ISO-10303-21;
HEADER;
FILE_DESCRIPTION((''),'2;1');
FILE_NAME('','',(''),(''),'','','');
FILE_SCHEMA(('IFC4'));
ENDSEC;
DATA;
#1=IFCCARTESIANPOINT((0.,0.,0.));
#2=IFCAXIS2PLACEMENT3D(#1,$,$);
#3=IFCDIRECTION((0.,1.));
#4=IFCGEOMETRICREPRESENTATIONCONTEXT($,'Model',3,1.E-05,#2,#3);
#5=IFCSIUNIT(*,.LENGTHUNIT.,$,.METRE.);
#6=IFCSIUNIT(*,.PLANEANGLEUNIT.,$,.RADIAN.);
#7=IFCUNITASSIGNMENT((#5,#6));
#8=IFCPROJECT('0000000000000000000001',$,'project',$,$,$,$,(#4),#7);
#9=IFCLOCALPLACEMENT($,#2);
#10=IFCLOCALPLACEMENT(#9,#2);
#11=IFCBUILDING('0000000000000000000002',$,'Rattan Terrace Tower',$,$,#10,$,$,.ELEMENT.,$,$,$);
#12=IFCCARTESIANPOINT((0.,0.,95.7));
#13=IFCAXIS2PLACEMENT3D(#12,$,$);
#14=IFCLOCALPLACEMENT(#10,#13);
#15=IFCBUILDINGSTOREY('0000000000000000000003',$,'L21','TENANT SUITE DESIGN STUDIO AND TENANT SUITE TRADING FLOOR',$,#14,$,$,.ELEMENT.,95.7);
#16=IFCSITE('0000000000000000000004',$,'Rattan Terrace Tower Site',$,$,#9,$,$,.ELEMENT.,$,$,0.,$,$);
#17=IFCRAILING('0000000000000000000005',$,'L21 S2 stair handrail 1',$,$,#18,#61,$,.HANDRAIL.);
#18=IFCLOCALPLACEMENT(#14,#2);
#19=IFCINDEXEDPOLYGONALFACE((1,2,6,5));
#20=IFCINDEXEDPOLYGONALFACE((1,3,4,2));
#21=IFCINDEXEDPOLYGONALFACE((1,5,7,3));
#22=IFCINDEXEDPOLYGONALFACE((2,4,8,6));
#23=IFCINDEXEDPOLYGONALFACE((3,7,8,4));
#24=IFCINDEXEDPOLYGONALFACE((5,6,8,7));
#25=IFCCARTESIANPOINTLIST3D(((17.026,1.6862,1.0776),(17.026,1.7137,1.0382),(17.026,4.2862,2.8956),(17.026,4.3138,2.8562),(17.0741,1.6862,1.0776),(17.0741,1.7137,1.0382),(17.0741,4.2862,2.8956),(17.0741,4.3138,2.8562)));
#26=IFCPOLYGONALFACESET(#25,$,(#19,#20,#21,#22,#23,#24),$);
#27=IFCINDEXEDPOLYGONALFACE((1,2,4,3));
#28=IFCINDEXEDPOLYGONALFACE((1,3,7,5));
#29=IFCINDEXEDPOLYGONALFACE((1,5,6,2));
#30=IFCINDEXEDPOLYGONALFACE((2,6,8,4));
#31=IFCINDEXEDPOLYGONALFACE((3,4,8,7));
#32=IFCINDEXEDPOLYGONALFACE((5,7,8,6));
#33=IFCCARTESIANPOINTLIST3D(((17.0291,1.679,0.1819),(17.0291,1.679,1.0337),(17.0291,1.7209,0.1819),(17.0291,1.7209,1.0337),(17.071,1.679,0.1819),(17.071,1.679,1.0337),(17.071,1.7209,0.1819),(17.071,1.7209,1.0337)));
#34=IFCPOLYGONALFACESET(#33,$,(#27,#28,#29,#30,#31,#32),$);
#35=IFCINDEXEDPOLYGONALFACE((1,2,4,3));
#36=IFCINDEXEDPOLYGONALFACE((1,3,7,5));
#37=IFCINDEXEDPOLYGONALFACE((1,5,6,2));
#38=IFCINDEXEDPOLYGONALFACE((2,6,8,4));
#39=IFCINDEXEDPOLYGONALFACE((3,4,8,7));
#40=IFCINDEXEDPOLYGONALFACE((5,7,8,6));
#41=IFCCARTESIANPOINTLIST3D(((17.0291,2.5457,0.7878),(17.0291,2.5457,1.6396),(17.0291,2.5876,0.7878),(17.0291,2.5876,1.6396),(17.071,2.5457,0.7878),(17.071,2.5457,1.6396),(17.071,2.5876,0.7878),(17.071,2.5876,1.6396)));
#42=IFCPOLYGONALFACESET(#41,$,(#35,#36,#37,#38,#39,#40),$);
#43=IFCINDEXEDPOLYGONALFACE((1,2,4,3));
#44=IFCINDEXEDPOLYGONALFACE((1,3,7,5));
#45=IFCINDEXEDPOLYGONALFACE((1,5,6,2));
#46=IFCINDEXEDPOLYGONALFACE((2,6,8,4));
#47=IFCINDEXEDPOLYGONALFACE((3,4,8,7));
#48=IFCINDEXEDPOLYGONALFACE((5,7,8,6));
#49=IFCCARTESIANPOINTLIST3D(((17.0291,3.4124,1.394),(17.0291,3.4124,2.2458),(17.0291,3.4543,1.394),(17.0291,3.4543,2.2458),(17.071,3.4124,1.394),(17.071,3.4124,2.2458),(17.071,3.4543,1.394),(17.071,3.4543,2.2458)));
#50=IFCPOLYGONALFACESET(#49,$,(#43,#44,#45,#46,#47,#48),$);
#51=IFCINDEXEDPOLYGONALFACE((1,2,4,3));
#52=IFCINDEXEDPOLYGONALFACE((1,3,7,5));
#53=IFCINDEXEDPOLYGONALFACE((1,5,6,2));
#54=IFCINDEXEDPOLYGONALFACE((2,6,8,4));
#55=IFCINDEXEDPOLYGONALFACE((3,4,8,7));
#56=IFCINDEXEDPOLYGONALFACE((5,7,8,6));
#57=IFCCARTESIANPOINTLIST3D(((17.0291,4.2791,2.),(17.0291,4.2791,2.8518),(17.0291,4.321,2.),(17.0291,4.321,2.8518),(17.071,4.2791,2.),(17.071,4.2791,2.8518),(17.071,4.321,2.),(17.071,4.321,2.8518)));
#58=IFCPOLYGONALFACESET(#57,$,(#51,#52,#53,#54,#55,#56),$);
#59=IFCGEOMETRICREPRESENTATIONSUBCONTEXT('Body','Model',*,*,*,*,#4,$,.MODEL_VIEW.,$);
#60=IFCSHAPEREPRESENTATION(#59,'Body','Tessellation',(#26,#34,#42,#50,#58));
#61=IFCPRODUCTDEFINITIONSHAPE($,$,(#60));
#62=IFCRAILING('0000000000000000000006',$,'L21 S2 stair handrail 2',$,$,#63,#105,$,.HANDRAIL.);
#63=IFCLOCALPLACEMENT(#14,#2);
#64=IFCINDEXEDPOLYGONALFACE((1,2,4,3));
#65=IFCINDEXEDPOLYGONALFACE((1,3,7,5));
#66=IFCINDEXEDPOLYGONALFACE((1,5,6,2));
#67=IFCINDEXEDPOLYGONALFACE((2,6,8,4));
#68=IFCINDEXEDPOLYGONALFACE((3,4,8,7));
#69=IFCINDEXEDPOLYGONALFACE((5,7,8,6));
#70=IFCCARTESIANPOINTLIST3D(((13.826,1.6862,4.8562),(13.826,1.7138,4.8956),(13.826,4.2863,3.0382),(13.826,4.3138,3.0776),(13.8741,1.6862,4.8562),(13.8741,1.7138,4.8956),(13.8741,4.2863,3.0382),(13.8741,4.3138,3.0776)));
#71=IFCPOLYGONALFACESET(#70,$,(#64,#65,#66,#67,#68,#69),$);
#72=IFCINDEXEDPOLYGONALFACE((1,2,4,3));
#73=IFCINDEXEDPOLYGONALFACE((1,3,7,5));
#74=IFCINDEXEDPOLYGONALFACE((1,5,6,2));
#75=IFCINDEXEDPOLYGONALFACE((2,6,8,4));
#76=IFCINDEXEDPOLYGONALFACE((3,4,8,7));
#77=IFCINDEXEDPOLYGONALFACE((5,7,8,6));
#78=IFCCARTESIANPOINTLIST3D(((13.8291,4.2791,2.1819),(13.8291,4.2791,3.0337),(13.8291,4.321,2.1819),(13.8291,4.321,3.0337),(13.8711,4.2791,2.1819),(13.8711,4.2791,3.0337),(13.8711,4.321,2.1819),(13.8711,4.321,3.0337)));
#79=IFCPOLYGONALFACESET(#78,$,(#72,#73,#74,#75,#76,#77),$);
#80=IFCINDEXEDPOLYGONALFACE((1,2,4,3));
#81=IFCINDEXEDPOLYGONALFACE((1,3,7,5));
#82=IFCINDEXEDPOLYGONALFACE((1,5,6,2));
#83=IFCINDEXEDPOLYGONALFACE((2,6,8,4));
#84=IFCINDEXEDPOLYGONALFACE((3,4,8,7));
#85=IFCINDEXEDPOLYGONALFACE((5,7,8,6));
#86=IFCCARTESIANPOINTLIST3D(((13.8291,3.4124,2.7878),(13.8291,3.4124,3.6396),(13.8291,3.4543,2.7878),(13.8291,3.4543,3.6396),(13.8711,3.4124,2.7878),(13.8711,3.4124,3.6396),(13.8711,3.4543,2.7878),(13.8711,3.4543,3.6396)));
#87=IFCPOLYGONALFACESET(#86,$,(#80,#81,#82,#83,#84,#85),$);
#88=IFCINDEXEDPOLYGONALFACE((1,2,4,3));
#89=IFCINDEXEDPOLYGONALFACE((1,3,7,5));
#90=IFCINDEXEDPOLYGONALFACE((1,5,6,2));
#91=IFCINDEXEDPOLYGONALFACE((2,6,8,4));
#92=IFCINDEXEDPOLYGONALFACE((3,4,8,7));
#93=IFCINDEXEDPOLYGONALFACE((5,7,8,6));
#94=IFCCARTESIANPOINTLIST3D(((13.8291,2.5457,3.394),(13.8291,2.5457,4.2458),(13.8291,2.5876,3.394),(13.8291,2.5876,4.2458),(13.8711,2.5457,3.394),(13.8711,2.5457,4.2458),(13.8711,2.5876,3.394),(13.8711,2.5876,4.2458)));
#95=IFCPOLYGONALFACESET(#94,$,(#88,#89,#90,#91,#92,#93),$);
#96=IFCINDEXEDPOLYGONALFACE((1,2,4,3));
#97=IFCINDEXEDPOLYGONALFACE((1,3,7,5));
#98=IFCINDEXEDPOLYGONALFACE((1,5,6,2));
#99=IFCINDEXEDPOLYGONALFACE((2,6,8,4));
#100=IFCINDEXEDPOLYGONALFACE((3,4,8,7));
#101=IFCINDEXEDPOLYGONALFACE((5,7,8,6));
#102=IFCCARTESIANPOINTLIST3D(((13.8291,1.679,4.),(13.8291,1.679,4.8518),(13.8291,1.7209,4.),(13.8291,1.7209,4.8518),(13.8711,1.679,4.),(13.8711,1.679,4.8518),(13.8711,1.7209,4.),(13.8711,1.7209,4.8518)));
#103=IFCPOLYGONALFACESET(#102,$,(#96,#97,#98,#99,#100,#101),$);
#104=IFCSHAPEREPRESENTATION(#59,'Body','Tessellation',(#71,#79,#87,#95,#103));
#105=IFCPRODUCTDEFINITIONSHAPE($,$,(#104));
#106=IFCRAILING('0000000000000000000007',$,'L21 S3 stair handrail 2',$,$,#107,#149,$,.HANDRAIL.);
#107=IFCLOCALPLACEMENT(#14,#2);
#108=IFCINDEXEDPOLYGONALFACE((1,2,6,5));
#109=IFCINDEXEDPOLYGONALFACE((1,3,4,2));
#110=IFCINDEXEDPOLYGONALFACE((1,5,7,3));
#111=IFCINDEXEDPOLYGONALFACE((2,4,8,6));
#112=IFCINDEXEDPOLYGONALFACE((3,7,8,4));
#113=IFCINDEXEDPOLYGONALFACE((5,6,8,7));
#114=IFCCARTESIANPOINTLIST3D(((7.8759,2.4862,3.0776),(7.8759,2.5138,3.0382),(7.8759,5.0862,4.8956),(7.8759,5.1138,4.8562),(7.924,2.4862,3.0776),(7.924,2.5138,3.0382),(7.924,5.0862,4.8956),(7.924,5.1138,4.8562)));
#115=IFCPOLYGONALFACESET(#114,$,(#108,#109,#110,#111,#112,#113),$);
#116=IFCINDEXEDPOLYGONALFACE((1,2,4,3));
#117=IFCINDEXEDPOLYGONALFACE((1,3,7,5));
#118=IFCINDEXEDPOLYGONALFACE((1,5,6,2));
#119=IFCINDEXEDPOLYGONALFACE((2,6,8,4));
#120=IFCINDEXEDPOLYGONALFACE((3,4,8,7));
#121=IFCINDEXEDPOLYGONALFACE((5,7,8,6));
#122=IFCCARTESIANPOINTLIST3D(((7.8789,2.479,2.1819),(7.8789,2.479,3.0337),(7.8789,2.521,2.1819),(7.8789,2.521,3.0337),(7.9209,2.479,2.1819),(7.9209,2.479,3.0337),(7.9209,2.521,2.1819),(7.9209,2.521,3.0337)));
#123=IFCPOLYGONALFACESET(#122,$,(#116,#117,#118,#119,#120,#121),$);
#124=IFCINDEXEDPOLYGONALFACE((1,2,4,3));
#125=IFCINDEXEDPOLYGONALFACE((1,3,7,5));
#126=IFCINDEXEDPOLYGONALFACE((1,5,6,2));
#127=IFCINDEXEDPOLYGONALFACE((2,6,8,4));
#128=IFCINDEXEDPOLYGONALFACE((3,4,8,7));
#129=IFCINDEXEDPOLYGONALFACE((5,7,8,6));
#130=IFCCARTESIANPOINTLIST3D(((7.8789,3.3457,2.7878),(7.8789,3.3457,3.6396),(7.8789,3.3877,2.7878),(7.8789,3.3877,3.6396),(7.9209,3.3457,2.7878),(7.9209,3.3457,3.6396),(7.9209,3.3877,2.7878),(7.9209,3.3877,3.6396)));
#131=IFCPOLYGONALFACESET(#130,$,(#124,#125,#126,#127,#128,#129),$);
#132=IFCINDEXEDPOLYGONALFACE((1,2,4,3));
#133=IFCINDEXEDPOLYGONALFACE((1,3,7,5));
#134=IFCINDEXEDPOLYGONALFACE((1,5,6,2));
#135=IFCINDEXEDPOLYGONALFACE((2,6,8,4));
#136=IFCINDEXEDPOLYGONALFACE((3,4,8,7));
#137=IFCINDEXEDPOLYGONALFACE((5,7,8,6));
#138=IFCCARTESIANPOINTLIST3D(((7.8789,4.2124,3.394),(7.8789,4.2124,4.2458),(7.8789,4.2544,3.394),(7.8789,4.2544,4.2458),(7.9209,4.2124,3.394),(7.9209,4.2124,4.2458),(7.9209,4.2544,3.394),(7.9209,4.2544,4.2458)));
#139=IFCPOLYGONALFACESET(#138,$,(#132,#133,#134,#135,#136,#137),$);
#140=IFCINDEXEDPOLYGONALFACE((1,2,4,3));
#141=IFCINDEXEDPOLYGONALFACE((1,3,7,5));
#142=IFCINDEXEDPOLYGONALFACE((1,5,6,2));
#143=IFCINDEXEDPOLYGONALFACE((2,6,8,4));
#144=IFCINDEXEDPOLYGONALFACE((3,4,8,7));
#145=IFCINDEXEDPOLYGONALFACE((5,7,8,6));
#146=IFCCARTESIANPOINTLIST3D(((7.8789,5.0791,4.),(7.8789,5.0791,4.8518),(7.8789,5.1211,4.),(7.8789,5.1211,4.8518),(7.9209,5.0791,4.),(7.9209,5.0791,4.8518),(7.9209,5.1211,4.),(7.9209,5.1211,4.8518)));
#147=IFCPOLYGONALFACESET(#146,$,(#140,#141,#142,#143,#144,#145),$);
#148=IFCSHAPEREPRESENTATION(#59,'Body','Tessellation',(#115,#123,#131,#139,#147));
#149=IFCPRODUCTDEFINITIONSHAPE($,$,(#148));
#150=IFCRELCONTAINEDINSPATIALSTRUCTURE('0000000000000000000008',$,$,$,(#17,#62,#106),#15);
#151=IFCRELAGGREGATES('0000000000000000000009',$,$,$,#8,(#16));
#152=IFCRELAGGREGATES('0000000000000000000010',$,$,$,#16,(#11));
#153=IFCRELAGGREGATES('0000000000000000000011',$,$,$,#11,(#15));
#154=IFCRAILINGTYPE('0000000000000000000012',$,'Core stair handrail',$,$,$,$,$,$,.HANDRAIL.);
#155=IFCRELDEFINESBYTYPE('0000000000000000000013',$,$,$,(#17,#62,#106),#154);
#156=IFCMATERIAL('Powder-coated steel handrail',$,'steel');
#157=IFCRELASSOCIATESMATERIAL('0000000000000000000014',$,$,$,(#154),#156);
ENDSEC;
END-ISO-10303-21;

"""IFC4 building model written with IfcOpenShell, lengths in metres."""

from ifc_helpers import new_model, si_unit, direction, frame, origin, origin_2d, place, context, subcontext, project, spatial, rectangle, extrude, material, type_object, element, save


model = new_model("IFC4")

# Units and contexts
model_context = context("Model", 3, precision=1e-05, world=origin(), true_north=direction((0.0, 1.0)))
body_context = subcontext(model_context, "Body", "Model", "MODEL_VIEW")
ifc_project = project(units=[si_unit("LENGTHUNIT", "METRE"), si_unit("PLANEANGLEUNIT", "RADIAN")], contexts=[model_context])

# Site, building, storey
site_placement = place(None, origin())
site = spatial("IfcSite", under=ifc_project, at=site_placement, Name="Rattan Terrace Tower Site", CompositionType="ELEMENT", RefElevation=0.0)
building_placement = place(site_placement, origin())
building = spatial("IfcBuilding", under=site, at=building_placement, Name="Rattan Terrace Tower", CompositionType="ELEMENT")
storey_placement = place(building_placement, frame((0.0, 0.0, 95.7)))
storey = spatial("IfcBuildingStorey", under=building, at=storey_placement, Name="L21", Description="TENANT SUITE DESIGN STUDIO AND TENANT SUITE TRADING FLOOR", CompositionType="ELEMENT", Elevation=95.7)

# Railings
ifc_material_1 = material(Name="Powder-coated steel handrail", Category="steel")
railing_type_1 = type_object("IfcRailingType", Name="Core stair handrail", PredefinedType="HANDRAIL", material=ifc_material_1)
railing_1_placement = place(storey_placement, frame((17.05, 1.7, 0.1819)))
element("IfcRailing", 1, at=railing_1_placement, inside=storey, type_object=railing_type_1, Name="L21 S2 stair handrail 1", PredefinedType="HANDRAIL", context=body_context, shape_type="SweptSolid", body=[
    extrude(rectangle(XDim=0.0481, YDim=0.0481, at=origin_2d()), frame((0.0, 0.0, 0.876), z_axis=(0.0, 0.819521, 0.573049), x_axis=(-1.0, 0.0, 0.0)), (0.0, 0.0, 1.0), 3.1726),
    extrude(rectangle(XDim=0.042, YDim=0.042, at=origin_2d()), origin(), (0.0, 0.0, 1.0), 0.8518),
    extrude(rectangle(XDim=0.042, YDim=0.042, at=origin_2d()), frame((0.0, 0.8667, 0.606)), (0.0, 0.0, 1.0), 0.8518),
    extrude(rectangle(XDim=0.042, YDim=0.042, at=origin_2d()), frame((0.0, 1.7334, 1.2122)), (0.0, 0.0, 1.0), 0.8518),
    extrude(rectangle(XDim=0.042, YDim=0.042, at=origin_2d()), frame((0.0, 2.6001, 1.8181)), (0.0, 0.0, 1.0), 0.8518),
])
railing_2_placement = place(storey_placement, frame((13.8501, 4.3, 2.1819)))
element("IfcRailing", 2, at=railing_2_placement, inside=storey, type_object=railing_type_1, Name="L21 S2 stair handrail 2", PredefinedType="HANDRAIL", context=body_context, shape_type="SweptSolid", body=[
    extrude(rectangle(XDim=0.0481, YDim=0.0481, at=origin_2d()), frame((0.0, 0.0, 0.876), z_axis=(0.0, -0.819521, 0.573049), x_axis=(1.0, 0.0, 0.0)), (0.0, 0.0, 1.0), 3.1726),
    extrude(rectangle(XDim=0.042, YDim=0.042, at=origin_2d()), origin(), (0.0, 0.0, 1.0), 0.8518),
    extrude(rectangle(XDim=0.042, YDim=0.042, at=origin_2d()), frame((0.0, -0.8667, 0.606)), (0.0, 0.0, 1.0), 0.8518),
    extrude(rectangle(XDim=0.042, YDim=0.042, at=origin_2d()), frame((0.0, -1.7334, 1.2122)), (0.0, 0.0, 1.0), 0.8518),
    extrude(rectangle(XDim=0.042, YDim=0.042, at=origin_2d()), frame((0.0, -2.6001, 1.8181)), (0.0, 0.0, 1.0), 0.8518),
])
railing_3_placement = place(storey_placement, frame((7.8999, 2.5, 2.1819)))
element("IfcRailing", 3, at=railing_3_placement, inside=storey, type_object=railing_type_1, Name="L21 S3 stair handrail 2", PredefinedType="HANDRAIL", context=body_context, shape_type="SweptSolid", body=[
    extrude(rectangle(XDim=0.0481, YDim=0.0481, at=origin_2d()), frame((0.0, 0.0, 0.876), z_axis=(0.0, 0.819521, 0.573049), x_axis=(-1.0, 0.0, 0.0)), (0.0, 0.0, 1.0), 3.1726),
    extrude(rectangle(XDim=0.042, YDim=0.042, at=origin_2d()), origin(), (0.0, 0.0, 1.0), 0.8518),
    extrude(rectangle(XDim=0.042, YDim=0.042, at=origin_2d()), frame((0.0, 0.8667, 0.606)), (0.0, 0.0, 1.0), 0.8518),
    extrude(rectangle(XDim=0.042, YDim=0.042, at=origin_2d()), frame((0.0, 1.7334, 1.2122)), (0.0, 0.0, 1.0), 0.8518),
    extrude(rectangle(XDim=0.042, YDim=0.042, at=origin_2d()), frame((0.0, 2.6001, 1.8181)), (0.0, 0.0, 1.0), 0.8518),
])

save(model, "model.ifc")
